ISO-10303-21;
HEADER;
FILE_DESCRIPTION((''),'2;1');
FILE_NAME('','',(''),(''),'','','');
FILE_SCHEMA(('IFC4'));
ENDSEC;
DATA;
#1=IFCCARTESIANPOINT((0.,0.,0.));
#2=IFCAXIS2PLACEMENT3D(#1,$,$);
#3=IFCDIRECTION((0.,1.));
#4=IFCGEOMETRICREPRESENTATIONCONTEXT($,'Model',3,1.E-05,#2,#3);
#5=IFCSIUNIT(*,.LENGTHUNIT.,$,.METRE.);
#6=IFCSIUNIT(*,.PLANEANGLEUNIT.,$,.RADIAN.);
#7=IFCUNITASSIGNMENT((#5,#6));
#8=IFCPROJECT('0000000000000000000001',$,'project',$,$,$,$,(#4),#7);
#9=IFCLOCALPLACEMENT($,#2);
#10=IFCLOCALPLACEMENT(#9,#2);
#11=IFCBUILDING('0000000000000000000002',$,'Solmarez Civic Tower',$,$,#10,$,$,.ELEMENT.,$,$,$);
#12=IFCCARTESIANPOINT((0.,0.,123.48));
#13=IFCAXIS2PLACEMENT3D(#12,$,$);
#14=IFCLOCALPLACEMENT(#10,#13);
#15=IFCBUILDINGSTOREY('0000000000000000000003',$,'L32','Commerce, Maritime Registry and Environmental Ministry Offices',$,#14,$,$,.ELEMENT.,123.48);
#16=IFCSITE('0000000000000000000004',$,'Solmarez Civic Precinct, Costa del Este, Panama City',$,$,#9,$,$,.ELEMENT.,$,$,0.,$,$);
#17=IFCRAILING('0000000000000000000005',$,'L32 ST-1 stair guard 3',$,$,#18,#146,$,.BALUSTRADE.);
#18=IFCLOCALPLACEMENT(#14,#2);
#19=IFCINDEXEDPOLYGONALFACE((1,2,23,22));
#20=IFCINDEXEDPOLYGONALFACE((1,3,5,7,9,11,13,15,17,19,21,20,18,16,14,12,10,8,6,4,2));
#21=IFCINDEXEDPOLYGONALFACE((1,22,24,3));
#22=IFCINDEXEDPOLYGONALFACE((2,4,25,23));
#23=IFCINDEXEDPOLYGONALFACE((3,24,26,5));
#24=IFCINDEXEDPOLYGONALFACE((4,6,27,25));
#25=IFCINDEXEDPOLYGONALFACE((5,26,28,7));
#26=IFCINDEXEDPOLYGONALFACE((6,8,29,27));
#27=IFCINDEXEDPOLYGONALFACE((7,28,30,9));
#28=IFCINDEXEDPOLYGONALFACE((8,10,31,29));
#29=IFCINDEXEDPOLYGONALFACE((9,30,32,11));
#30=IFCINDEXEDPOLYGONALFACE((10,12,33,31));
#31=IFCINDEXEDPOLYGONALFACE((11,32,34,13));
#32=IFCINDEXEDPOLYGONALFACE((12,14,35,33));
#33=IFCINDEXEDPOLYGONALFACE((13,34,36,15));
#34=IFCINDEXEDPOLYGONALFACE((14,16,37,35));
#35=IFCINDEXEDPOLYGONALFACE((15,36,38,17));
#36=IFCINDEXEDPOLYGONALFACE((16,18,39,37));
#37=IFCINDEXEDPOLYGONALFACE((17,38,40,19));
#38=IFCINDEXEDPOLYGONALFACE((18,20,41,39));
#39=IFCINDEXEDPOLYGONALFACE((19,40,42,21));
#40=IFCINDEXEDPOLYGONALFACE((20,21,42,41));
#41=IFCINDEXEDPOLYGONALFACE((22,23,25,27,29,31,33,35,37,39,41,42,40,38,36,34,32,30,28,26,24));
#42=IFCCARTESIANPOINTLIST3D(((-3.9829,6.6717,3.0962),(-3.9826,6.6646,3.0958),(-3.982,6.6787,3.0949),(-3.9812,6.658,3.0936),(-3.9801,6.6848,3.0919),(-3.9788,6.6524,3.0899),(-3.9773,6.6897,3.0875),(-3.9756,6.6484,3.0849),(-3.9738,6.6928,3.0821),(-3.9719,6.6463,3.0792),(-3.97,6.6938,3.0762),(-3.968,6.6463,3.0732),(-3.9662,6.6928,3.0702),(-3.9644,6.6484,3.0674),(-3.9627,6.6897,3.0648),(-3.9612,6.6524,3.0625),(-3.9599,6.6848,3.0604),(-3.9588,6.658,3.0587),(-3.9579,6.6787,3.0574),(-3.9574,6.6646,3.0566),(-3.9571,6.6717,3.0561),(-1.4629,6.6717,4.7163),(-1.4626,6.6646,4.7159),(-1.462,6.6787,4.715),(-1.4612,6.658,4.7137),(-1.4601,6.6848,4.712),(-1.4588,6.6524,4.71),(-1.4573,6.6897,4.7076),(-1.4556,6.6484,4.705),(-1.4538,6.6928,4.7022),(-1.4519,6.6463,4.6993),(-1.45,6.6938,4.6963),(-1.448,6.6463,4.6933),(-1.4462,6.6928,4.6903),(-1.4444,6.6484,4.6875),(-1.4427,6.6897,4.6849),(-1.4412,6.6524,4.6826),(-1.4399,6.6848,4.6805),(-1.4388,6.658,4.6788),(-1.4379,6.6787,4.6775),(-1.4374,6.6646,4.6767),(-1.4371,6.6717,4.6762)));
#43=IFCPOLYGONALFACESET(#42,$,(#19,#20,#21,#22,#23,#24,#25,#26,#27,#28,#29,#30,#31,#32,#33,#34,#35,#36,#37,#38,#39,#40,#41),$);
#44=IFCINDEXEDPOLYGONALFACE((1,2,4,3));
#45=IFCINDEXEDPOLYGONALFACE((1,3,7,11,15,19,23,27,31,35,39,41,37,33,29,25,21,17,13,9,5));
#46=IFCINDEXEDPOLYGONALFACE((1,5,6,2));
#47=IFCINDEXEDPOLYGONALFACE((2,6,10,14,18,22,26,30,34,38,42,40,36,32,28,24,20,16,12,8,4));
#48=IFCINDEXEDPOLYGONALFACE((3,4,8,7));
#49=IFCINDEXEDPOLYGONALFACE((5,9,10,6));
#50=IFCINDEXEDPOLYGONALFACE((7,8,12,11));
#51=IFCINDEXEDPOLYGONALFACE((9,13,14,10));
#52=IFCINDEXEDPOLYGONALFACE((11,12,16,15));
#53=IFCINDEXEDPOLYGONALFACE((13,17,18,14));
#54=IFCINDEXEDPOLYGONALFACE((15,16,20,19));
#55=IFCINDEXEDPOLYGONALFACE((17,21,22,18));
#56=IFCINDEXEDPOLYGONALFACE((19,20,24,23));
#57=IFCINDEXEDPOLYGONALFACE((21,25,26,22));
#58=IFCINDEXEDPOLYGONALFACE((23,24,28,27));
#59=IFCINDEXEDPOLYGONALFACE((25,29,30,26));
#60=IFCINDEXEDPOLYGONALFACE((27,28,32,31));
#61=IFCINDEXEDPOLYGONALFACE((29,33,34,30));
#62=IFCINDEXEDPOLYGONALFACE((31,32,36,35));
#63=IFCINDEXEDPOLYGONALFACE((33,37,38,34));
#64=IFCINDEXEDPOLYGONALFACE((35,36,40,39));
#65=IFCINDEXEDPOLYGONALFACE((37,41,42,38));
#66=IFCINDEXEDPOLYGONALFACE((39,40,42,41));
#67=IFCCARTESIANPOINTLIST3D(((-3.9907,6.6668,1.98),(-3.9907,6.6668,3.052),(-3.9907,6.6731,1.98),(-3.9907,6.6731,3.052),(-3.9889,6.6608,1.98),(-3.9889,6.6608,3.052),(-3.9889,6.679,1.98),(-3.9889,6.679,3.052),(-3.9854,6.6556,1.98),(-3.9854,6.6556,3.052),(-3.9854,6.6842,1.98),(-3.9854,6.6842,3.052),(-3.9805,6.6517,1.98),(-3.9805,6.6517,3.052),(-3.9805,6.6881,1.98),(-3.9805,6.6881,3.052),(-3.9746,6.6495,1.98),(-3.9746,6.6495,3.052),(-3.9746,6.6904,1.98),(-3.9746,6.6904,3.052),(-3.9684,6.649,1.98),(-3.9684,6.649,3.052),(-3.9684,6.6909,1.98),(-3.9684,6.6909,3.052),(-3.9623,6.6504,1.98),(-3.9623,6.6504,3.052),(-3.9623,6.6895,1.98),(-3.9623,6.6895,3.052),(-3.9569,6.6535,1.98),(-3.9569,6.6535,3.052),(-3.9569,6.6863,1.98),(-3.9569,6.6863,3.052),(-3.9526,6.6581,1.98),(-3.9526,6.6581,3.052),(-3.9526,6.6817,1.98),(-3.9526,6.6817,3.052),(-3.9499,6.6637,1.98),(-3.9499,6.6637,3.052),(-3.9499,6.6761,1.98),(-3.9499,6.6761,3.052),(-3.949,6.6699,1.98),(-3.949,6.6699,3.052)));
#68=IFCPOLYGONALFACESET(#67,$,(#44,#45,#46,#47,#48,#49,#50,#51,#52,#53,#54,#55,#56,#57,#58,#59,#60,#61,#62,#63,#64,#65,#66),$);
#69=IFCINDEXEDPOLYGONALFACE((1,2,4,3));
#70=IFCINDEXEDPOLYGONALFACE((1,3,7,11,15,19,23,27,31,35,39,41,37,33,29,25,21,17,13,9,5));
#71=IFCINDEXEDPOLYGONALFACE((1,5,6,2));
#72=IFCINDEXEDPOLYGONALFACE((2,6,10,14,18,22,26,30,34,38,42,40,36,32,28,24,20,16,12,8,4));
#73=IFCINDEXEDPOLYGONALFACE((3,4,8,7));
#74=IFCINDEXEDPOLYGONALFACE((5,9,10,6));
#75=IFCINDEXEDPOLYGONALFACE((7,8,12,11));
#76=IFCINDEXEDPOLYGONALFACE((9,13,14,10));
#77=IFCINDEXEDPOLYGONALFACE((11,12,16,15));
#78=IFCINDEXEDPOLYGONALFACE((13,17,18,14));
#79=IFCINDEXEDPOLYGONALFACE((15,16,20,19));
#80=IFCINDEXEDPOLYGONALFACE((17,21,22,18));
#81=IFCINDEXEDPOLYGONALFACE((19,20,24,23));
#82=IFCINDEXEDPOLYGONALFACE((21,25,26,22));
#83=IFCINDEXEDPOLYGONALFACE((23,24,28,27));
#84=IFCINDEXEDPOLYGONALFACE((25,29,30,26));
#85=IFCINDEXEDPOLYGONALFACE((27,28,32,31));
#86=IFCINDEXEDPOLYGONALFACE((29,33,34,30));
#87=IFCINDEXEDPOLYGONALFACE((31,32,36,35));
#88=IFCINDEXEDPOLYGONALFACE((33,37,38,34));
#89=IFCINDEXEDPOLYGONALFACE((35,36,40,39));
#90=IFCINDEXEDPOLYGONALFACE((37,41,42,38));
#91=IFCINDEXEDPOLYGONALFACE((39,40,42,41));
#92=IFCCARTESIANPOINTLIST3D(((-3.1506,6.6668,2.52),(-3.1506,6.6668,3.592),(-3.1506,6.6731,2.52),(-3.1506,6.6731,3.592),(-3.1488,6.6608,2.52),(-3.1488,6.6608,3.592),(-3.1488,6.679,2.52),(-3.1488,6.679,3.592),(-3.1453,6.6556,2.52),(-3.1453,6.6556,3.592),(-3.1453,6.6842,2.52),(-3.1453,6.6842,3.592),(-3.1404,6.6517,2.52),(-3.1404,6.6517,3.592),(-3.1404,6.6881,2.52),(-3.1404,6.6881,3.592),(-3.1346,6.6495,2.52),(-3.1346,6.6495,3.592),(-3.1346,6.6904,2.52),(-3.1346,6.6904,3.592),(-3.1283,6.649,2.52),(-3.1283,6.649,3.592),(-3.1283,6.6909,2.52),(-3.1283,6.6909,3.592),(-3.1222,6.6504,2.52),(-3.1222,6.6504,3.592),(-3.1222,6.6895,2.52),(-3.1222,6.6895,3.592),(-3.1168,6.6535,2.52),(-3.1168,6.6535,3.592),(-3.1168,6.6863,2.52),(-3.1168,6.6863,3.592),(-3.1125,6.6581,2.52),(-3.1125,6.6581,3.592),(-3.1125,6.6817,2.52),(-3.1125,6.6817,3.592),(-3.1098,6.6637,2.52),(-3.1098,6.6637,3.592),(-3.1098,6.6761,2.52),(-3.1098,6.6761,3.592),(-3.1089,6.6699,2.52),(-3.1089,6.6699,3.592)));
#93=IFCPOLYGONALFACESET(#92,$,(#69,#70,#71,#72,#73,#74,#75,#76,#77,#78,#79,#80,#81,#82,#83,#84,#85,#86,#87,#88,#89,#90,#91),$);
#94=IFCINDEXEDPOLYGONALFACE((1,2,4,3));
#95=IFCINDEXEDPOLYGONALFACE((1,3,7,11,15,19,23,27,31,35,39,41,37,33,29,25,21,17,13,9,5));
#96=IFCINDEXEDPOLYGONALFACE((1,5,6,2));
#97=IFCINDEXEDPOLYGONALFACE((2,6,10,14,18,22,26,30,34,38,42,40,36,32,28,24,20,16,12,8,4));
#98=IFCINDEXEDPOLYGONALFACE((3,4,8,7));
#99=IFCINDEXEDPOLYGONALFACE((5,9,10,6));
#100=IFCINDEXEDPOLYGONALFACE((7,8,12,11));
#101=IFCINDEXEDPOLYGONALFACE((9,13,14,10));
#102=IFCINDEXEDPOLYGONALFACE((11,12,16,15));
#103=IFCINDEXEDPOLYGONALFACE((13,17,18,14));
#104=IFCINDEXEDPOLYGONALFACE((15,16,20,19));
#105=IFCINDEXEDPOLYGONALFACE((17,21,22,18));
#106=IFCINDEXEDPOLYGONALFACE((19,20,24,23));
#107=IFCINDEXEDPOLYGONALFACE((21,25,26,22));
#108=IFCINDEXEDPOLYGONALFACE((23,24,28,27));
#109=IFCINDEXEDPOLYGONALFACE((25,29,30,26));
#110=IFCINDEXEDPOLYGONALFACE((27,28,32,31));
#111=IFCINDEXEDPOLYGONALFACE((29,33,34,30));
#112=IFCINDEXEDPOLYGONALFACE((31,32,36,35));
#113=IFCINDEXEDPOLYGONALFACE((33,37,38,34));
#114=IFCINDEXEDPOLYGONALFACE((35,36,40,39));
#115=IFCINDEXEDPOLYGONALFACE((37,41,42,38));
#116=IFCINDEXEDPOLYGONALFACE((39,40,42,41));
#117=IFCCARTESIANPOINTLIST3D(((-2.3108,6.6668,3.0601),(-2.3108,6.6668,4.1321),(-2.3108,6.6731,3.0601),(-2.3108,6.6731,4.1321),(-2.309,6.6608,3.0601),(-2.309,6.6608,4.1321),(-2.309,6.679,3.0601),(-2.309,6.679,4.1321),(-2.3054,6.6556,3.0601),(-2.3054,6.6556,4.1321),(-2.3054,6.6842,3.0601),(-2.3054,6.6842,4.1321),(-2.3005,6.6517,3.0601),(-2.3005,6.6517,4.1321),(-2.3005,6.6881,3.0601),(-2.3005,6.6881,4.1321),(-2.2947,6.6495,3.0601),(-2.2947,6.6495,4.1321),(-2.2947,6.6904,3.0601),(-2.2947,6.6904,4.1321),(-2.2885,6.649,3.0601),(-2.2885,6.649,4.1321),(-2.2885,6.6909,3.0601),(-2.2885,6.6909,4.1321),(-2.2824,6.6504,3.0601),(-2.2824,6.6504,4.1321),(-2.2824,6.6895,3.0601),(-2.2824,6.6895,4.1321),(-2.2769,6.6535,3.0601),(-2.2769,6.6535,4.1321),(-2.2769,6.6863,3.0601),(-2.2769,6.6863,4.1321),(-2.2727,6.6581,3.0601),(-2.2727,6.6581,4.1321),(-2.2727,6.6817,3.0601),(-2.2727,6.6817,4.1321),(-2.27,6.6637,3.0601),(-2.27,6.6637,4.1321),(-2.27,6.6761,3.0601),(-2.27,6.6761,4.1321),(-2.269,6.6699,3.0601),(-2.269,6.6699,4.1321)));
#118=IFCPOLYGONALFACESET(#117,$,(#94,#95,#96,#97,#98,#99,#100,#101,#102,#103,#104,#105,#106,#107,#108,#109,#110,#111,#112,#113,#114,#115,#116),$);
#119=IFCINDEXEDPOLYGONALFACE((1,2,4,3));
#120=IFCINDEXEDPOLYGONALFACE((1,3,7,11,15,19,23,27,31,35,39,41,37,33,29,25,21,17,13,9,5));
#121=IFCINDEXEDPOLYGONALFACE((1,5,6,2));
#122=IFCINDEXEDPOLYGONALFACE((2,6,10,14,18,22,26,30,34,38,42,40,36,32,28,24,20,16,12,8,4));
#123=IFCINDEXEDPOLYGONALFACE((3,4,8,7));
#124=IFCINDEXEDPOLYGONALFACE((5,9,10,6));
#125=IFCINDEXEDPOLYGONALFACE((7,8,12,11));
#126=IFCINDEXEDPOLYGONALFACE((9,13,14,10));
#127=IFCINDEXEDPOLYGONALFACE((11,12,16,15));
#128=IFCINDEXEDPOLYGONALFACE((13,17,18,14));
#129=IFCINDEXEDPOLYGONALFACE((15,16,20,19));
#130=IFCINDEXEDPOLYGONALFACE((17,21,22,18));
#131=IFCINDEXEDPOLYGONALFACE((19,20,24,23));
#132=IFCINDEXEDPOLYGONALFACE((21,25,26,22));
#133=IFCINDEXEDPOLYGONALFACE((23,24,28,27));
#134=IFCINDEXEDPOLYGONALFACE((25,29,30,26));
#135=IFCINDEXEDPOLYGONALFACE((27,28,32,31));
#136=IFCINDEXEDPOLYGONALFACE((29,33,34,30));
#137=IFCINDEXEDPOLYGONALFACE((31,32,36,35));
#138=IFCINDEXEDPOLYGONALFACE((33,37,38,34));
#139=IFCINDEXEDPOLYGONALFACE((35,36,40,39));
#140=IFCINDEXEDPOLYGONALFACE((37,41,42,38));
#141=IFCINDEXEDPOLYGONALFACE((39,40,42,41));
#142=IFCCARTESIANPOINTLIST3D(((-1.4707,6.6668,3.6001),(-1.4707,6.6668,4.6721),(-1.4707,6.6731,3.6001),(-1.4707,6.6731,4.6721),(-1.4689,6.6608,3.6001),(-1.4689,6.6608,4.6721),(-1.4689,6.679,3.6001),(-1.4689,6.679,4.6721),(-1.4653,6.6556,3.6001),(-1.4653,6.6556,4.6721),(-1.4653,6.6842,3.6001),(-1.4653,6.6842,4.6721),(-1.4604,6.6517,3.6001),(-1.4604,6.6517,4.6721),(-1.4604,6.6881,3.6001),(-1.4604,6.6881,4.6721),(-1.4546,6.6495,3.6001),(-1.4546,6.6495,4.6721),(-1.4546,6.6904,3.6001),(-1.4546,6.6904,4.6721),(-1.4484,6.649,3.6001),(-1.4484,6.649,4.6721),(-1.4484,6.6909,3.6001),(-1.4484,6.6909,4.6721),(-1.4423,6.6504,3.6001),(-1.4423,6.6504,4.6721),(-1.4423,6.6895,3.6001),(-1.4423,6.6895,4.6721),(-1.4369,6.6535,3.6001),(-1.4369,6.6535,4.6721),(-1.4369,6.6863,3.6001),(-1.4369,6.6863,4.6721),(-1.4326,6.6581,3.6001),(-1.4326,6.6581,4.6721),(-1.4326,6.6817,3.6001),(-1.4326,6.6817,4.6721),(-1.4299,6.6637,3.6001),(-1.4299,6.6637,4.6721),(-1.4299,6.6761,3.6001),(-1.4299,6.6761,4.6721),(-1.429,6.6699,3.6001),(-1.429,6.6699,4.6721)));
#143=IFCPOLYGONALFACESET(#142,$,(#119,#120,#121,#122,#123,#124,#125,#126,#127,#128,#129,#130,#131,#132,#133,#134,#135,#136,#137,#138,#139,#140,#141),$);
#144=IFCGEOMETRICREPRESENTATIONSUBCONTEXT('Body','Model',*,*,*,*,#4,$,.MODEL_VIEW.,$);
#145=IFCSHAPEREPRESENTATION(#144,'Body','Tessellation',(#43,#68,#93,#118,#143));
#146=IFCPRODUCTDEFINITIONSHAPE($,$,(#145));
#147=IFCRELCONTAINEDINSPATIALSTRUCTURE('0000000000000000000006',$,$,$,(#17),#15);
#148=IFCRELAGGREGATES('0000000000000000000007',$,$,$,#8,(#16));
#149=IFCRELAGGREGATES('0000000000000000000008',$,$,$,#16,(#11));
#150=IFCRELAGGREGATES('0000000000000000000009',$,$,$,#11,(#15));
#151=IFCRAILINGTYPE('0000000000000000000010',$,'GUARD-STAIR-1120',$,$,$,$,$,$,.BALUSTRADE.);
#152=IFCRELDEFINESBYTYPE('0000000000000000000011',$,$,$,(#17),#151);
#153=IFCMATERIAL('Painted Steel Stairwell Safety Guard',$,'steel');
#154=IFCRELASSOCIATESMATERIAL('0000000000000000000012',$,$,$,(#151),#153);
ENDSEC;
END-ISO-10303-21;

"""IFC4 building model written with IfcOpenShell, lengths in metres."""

from ifc_helpers import new_model, si_unit, direction, frame, origin, origin_2d, place, context, subcontext, project, spatial, circle, extrude, material, type_object, element, save


model = new_model("IFC4")

# Units and contexts
model_context = context("Model", 3, precision=1e-05, world=origin(), true_north=direction((0.0, 1.0)))
body_context = subcontext(model_context, "Body", "Model", "MODEL_VIEW")
ifc_project = project(units=[si_unit("LENGTHUNIT", "METRE"), si_unit("PLANEANGLEUNIT", "RADIAN")], contexts=[model_context])

# Site, building, storey
site_placement = place(None, origin())
site = spatial("IfcSite", under=ifc_project, at=site_placement, Name="Solmarez Civic Precinct, Costa del Este, Panama City", CompositionType="ELEMENT", RefElevation=0.0)
building_placement = place(site_placement, origin())
building = spatial("IfcBuilding", under=site, at=building_placement, Name="Solmarez Civic Tower", CompositionType="ELEMENT")
storey_placement = place(building_placement, frame((0.0, 0.0, 123.48)))
storey = spatial("IfcBuildingStorey", under=building, at=storey_placement, Name="L32", Description="Commerce, Maritime Registry and Environmental Ministry Offices", CompositionType="ELEMENT", Elevation=123.48)

# Railing
ifc_material_1 = material(Name="Painted Steel Stairwell Safety Guard", Category="steel")
railing_type_1 = type_object("IfcRailingType", Name="GUARD-STAIR-1120", PredefinedType="BALUSTRADE", material=ifc_material_1)
railing_1_placement = place(storey_placement, frame((-3.97, 6.6699, 1.98)))
element("IfcRailing", 1, at=railing_1_placement, inside=storey, type_object=railing_type_1, Name="L32 ST-1 stair guard 3", PredefinedType="BALUSTRADE", context=body_context, shape_type="SweptSolid", body=[
    extrude(circle(Radius=0.0239, at=origin_2d()), frame((0.0, 0.0, 1.0962), z_axis=(0.841163, 0.0, 0.540782), x_axis=(0.0, 1.0, 0.0)), (0.0, 0.0, 1.0), 2.9958),
    extrude(circle(Radius=0.021, at=origin_2d()), origin(), (0.0, 0.0, 1.0), 1.072),
    extrude(circle(Radius=0.021, at=origin_2d()), frame((0.8401, 0.0, 0.54)), (0.0, 0.0, 1.0), 1.072),
    extrude(circle(Radius=0.021, at=origin_2d()), frame((1.6799, 0.0, 1.0801)), (0.0, 0.0, 1.0), 1.072),
    extrude(circle(Radius=0.021, at=origin_2d()), frame((2.52, 0.0, 1.6201)), (0.0, 0.0, 1.0), 1.072),
])

save(model, "model.ifc")
